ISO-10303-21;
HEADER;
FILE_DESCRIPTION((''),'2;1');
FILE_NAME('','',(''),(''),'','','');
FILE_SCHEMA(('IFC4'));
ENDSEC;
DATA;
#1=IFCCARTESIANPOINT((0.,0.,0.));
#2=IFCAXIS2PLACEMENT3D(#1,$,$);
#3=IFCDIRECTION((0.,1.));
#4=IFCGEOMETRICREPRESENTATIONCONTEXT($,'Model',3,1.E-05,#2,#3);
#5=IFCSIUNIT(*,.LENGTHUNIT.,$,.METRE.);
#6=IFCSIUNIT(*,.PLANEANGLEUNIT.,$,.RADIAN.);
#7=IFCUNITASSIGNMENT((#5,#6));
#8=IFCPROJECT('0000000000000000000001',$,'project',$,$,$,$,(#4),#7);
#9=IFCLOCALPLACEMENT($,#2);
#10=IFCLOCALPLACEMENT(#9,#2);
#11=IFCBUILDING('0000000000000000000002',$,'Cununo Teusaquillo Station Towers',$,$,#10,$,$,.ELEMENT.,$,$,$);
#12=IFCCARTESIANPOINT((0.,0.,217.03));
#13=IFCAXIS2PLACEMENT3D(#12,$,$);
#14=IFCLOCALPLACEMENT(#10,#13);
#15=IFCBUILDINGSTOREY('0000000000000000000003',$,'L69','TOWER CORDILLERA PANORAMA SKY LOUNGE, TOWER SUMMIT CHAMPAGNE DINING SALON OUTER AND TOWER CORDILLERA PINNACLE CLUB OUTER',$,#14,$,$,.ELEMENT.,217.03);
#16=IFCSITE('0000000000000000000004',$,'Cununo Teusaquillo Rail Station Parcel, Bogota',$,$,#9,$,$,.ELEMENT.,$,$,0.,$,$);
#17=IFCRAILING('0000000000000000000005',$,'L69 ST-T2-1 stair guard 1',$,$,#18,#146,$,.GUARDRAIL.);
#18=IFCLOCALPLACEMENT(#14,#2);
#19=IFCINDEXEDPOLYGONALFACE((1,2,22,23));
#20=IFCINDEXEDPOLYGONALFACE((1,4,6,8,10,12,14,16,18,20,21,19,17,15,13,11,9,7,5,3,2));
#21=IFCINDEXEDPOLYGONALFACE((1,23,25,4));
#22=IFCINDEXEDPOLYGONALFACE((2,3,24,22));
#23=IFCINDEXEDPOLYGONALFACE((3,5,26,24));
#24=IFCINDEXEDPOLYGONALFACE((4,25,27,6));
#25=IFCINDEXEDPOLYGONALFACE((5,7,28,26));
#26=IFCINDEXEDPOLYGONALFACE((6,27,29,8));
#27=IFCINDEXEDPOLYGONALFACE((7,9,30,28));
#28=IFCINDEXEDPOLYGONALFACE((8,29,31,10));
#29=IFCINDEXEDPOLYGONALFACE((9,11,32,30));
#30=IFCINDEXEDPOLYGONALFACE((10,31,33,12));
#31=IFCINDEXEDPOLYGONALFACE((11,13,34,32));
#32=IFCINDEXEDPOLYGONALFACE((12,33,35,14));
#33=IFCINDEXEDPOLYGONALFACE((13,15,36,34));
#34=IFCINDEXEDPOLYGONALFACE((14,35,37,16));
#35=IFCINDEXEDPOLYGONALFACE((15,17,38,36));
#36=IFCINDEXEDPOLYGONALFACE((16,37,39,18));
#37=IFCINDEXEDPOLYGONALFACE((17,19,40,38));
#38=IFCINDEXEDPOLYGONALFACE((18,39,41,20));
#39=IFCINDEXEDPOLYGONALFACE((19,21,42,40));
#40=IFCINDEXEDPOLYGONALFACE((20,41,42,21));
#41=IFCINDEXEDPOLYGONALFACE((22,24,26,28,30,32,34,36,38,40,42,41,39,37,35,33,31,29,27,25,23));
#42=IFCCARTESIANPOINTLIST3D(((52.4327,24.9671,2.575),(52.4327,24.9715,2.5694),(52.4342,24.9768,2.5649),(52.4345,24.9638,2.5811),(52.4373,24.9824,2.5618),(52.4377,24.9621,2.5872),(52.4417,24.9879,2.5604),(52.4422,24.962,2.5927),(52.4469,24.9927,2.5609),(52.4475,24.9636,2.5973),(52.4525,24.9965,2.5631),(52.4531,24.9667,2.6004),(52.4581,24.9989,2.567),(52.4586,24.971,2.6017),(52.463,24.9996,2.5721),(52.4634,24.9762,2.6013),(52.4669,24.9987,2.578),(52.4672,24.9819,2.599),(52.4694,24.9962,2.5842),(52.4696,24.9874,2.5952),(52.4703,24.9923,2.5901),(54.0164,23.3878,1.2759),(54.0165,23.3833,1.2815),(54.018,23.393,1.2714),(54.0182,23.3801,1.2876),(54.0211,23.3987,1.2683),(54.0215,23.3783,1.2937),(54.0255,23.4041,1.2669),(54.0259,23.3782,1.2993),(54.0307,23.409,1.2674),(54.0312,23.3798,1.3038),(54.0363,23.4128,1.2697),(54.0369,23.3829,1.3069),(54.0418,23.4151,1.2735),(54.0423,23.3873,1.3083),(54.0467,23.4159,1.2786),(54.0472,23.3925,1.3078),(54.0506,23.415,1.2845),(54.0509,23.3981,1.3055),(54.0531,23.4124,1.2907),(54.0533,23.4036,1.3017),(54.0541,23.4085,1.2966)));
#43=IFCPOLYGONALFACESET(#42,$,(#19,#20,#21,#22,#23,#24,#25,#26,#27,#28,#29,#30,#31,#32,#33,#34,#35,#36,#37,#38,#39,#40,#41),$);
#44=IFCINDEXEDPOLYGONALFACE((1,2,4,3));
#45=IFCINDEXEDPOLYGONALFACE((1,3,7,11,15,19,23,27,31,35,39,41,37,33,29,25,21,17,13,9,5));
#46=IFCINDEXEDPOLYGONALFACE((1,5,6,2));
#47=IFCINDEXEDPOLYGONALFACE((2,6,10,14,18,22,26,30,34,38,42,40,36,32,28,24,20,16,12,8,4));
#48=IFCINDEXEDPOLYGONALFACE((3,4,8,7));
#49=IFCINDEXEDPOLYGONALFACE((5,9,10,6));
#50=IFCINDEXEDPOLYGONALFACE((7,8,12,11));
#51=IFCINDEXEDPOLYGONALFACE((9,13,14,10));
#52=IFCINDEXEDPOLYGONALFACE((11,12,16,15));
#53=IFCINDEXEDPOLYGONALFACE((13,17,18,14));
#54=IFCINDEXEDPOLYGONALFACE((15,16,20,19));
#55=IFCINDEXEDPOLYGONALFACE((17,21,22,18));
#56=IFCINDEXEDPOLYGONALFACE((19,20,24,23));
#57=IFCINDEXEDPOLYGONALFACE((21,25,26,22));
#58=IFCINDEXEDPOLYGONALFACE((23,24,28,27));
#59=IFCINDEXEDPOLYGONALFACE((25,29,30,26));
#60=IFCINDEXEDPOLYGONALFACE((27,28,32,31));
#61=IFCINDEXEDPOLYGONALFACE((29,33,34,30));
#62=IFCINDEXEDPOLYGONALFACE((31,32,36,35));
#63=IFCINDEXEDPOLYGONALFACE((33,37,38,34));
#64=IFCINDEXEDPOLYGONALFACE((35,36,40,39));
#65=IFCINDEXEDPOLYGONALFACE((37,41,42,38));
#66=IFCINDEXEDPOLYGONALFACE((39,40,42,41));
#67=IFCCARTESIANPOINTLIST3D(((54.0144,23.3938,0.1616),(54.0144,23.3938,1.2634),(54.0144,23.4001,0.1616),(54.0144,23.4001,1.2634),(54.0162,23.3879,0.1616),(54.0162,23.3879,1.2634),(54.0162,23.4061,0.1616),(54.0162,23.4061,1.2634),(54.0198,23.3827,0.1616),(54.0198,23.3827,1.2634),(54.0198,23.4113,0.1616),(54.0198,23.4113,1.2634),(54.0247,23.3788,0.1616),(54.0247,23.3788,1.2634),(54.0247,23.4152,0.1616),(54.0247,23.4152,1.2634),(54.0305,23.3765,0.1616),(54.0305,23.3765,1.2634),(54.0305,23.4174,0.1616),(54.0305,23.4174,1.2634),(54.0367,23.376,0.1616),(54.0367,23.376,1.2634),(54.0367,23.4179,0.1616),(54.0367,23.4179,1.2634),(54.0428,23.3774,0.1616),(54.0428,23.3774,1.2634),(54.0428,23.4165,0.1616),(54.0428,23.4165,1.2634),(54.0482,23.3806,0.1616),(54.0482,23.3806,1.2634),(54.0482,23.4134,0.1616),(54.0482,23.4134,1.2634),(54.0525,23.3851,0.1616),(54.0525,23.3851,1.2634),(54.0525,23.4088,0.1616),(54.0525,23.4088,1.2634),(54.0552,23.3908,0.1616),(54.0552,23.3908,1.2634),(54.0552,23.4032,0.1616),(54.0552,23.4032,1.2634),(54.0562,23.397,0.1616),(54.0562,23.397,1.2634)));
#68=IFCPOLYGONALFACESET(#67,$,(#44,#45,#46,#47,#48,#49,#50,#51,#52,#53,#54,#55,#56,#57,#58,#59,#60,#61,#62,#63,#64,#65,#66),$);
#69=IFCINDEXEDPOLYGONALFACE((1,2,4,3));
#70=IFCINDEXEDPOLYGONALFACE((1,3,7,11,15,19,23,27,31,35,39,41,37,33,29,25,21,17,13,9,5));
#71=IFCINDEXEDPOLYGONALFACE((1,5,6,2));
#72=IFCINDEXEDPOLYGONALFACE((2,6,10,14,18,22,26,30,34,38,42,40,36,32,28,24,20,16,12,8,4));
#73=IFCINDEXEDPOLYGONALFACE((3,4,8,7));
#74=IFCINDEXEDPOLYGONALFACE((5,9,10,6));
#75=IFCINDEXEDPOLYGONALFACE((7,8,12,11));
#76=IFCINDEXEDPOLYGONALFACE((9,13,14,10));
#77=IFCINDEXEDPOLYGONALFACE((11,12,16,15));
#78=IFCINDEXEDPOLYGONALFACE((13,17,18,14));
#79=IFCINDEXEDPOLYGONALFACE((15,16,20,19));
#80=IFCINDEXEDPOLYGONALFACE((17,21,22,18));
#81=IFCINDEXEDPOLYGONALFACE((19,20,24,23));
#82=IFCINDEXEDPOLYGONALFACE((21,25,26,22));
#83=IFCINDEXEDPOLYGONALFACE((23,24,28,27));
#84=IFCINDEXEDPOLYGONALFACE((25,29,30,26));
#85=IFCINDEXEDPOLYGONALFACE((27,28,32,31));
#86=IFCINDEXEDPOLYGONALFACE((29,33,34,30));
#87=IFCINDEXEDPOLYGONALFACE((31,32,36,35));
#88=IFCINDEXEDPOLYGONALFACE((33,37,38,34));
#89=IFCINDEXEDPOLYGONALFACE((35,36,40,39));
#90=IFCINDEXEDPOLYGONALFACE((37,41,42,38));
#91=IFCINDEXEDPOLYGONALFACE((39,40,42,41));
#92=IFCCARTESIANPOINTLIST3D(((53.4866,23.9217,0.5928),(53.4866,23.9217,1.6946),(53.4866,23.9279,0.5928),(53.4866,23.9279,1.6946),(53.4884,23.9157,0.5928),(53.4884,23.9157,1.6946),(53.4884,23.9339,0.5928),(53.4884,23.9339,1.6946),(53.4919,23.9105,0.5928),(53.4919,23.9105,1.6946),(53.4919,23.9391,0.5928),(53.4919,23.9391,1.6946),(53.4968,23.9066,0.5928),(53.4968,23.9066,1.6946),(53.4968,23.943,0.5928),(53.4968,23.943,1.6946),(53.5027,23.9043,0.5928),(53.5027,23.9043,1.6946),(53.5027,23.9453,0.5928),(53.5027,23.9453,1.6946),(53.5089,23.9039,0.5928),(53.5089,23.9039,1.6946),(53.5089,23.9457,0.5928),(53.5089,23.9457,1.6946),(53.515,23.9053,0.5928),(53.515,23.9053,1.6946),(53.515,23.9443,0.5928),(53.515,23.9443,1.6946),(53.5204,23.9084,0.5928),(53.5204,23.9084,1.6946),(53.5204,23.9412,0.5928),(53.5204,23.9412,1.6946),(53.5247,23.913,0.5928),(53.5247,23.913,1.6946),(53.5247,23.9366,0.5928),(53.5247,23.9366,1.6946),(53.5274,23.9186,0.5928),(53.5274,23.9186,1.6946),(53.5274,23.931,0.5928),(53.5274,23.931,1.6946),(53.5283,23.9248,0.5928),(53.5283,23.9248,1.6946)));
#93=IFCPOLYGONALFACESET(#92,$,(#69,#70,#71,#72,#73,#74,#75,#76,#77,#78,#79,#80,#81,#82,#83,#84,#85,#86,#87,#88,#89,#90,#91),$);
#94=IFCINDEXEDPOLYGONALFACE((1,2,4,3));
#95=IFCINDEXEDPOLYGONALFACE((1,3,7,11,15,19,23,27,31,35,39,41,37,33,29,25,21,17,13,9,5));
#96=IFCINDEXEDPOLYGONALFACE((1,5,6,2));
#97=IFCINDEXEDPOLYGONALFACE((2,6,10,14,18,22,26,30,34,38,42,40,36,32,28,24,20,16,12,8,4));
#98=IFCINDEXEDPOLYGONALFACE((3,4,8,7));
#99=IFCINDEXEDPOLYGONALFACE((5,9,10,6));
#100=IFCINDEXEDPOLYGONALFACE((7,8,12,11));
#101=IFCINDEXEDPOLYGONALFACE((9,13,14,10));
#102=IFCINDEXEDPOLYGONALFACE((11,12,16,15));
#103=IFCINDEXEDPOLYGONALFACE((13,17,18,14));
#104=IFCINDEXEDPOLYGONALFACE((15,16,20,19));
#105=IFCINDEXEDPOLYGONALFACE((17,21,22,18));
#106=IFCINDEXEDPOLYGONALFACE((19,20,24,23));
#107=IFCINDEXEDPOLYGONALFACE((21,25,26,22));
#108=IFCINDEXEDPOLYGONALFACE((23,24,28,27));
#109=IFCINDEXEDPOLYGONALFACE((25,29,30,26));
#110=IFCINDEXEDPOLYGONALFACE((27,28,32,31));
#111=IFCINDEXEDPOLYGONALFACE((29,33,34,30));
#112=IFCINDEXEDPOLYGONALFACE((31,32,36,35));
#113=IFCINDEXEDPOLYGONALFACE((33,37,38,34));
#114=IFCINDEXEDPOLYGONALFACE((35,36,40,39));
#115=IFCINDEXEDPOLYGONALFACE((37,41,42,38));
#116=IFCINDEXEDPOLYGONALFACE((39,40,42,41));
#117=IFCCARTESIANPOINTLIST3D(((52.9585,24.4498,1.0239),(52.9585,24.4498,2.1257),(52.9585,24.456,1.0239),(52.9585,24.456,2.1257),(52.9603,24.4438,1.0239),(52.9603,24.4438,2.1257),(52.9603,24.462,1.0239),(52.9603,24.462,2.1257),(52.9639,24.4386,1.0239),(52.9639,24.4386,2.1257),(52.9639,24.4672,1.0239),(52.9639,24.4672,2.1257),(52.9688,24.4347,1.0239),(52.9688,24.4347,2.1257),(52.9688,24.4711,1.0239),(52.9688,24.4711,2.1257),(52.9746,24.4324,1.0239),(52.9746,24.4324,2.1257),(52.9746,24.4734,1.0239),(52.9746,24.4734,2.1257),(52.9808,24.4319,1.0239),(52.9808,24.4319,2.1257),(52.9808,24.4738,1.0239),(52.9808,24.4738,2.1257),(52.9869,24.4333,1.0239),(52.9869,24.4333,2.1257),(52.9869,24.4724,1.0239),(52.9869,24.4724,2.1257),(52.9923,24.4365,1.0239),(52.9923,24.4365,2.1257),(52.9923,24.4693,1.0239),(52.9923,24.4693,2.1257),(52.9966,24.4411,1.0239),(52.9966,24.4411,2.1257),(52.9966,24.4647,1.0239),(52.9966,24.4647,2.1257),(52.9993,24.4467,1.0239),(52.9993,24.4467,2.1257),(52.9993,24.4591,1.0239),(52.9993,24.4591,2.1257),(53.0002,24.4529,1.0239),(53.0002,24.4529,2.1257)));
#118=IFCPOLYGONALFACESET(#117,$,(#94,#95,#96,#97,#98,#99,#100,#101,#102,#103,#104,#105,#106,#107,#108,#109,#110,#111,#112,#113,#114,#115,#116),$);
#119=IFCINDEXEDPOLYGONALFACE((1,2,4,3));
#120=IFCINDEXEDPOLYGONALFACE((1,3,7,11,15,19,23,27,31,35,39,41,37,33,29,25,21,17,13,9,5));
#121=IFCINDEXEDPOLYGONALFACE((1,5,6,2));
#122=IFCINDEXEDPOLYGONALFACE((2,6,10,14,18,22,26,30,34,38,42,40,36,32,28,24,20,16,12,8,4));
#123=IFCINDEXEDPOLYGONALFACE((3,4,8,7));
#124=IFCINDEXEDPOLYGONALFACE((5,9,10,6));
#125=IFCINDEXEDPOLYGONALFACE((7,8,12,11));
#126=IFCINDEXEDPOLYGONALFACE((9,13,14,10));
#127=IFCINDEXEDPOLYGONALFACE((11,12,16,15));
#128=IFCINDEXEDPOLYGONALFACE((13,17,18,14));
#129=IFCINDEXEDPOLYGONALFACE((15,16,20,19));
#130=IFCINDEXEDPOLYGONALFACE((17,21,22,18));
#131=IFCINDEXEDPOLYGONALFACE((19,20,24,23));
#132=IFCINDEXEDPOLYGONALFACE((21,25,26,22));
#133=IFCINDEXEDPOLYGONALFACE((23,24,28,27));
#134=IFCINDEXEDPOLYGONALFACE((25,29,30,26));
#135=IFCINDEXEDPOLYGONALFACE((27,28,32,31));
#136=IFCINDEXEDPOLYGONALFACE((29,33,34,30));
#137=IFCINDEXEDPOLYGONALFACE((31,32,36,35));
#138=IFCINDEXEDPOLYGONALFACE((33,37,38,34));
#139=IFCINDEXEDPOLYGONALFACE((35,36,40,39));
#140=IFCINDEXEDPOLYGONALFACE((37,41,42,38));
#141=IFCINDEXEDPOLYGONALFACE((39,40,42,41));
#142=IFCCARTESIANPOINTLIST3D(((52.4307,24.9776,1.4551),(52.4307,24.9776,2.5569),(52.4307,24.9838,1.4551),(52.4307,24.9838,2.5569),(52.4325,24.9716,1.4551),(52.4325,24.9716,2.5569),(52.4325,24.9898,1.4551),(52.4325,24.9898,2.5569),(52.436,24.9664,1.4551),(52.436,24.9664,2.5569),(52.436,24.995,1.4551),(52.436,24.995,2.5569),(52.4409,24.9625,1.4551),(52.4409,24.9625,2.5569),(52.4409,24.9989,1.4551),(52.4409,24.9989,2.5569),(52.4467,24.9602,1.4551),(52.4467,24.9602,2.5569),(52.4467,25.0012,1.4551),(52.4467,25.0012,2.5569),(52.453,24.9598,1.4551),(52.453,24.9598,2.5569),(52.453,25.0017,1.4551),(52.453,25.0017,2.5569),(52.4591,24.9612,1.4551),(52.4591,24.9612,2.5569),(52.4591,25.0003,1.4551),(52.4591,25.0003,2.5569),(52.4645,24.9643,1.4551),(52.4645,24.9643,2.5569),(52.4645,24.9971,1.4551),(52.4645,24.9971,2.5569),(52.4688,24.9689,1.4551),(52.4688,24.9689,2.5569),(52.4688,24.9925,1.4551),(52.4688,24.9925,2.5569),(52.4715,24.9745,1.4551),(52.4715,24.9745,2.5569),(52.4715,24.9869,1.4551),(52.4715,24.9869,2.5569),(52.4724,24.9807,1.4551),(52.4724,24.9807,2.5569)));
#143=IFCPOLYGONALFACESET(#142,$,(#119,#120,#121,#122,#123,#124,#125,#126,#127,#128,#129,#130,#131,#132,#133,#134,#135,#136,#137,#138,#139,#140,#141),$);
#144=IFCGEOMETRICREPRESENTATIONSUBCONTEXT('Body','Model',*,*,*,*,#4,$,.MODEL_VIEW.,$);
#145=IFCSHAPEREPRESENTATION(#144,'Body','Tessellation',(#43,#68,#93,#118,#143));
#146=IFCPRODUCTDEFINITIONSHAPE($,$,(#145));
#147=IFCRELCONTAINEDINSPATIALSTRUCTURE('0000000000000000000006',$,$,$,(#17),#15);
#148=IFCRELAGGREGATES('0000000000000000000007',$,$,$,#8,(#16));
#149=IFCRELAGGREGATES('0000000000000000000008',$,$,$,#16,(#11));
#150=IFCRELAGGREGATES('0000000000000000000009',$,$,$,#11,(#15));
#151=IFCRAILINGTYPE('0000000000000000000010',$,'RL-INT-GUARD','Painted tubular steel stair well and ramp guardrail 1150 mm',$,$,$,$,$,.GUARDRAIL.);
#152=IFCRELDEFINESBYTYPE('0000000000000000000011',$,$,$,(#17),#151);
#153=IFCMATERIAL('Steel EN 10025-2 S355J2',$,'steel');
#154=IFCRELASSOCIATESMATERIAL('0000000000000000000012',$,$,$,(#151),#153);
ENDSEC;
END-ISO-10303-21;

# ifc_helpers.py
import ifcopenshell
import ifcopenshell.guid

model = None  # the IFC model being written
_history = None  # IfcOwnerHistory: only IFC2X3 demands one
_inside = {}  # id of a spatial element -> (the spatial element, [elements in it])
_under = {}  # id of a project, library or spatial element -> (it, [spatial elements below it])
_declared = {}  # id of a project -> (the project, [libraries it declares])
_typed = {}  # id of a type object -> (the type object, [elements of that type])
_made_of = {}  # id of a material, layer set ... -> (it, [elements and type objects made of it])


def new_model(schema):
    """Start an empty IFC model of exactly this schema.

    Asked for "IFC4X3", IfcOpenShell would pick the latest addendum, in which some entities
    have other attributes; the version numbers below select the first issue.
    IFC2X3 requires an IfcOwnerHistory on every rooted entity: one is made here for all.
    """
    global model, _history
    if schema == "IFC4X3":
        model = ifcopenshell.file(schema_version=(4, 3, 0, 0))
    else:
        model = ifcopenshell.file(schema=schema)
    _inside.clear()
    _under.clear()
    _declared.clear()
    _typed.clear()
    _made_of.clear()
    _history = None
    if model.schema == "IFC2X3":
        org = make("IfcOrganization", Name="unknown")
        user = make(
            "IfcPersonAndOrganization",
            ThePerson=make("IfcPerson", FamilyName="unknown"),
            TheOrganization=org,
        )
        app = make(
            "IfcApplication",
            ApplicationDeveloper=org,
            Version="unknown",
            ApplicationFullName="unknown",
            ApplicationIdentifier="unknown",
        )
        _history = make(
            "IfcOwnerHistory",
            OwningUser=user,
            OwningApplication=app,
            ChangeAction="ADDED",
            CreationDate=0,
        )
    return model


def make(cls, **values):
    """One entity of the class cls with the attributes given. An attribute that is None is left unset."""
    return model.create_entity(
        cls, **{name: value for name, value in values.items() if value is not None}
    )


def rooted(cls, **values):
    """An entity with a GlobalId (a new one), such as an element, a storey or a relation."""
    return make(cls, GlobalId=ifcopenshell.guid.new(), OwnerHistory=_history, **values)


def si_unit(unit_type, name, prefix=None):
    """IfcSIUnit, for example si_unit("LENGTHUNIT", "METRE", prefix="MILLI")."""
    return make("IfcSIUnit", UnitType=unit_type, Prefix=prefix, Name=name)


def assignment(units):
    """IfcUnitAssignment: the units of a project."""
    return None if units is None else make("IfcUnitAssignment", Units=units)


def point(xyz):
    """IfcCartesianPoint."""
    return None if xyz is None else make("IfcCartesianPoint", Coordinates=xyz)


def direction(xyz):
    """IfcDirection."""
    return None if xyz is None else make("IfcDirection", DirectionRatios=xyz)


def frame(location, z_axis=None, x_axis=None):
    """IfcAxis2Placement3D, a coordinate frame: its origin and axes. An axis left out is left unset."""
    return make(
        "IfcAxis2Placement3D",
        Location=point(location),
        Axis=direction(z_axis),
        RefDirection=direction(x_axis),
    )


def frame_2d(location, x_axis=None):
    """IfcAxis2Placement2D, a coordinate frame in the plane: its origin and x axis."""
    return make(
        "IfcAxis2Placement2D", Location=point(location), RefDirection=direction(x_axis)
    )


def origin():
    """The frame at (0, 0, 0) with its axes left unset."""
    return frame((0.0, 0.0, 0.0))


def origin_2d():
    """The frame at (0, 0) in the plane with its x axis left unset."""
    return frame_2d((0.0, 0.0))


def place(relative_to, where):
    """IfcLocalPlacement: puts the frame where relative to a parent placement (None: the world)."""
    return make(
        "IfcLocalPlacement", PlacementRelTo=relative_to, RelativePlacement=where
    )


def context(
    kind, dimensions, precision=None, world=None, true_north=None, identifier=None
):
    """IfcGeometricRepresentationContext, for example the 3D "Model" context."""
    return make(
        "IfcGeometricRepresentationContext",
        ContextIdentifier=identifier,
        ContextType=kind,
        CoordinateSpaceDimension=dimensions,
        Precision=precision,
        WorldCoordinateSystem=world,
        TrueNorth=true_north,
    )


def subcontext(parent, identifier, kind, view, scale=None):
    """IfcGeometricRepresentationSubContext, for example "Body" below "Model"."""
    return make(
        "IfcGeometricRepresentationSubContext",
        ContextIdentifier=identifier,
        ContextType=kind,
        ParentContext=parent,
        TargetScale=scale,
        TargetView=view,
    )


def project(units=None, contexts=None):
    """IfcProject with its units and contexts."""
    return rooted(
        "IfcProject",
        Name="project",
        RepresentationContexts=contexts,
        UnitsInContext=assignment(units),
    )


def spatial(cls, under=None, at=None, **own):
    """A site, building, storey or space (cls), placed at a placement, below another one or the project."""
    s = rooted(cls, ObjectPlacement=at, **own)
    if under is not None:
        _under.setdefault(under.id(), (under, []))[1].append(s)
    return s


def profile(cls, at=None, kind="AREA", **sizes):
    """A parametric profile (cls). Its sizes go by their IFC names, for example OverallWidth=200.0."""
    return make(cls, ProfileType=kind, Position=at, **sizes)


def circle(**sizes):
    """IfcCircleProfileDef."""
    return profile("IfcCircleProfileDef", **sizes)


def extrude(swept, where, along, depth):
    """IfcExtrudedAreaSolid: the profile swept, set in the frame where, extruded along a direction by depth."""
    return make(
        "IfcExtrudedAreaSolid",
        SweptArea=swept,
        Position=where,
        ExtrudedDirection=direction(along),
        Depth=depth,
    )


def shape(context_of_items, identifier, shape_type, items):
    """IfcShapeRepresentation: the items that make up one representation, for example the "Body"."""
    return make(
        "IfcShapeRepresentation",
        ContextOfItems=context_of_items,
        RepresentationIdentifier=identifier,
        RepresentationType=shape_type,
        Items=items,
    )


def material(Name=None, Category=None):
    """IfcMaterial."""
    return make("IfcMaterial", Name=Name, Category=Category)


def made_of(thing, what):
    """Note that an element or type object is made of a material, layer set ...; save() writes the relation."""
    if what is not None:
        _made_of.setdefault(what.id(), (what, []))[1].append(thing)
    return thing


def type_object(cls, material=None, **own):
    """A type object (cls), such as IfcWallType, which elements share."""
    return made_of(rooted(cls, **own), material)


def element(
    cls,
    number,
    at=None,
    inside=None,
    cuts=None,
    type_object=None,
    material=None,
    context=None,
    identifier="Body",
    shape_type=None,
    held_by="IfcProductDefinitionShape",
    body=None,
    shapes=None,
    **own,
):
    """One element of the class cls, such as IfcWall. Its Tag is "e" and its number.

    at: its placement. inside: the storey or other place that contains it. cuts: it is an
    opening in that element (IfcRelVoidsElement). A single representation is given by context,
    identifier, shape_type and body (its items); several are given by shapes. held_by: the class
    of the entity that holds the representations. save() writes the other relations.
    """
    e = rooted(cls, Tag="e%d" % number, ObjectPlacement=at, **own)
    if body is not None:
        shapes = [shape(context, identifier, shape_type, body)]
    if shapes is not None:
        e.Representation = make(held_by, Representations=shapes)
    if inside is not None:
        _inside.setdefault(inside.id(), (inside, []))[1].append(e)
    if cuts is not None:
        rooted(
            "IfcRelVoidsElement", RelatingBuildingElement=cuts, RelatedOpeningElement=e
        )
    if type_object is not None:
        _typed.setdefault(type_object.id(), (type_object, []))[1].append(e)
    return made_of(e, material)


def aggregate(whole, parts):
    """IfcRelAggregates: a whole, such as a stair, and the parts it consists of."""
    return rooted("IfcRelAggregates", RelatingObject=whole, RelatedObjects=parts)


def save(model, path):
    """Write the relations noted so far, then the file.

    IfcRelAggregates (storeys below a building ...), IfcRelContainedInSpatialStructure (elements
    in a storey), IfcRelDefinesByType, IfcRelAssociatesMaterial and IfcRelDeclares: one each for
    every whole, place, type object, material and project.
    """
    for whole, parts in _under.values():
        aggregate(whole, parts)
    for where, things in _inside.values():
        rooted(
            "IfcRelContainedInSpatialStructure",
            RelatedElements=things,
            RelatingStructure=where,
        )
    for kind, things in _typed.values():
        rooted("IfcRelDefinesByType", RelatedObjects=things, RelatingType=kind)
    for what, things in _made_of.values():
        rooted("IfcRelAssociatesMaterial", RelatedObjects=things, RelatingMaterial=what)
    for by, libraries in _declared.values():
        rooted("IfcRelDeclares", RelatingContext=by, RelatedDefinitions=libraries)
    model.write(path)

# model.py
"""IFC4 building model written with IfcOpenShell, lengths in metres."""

from ifc_helpers import new_model, si_unit, direction, frame, origin, origin_2d, place, context, subcontext, project, spatial, circle, extrude, material, type_object, element, save


model = new_model("IFC4")

# Units and contexts
model_context = context("Model", 3, precision=1e-05, world=origin(), true_north=direction((0.0, 1.0)))
body_context = subcontext(model_context, "Body", "Model", "MODEL_VIEW")
ifc_project = project(units=[si_unit("LENGTHUNIT", "METRE"), si_unit("PLANEANGLEUNIT", "RADIAN")], contexts=[model_context])

# Site, building, storey
site_placement = place(None, origin())
site = spatial("IfcSite", under=ifc_project, at=site_placement, Name="Cununo Teusaquillo Rail Station Parcel, Bogota", CompositionType="ELEMENT", RefElevation=0.0)
building_placement = place(site_placement, origin())
building = spatial("IfcBuilding", under=site, at=building_placement, Name="Cununo Teusaquillo Station Towers", CompositionType="ELEMENT")
storey_placement = place(building_placement, frame((0.0, 0.0, 217.03)))
storey = spatial("IfcBuildingStorey", under=building, at=storey_placement, Name="L69", Description="TOWER CORDILLERA PANORAMA SKY LOUNGE, TOWER SUMMIT CHAMPAGNE DINING SALON OUTER AND TOWER CORDILLERA PINNACLE CLUB OUTER", CompositionType="ELEMENT", Elevation=217.03)

# Railing
ifc_material_1 = material(Name="Steel EN 10025-2 S355J2", Category="steel")
railing_type_1 = type_object("IfcRailingType", Name="RL-INT-GUARD", Description="Painted tubular steel stair well and ramp guardrail 1150 mm", PredefinedType="GUARDRAIL", material=ifc_material_1)
railing_1_placement = place(storey_placement, frame((54.0352, 23.397, 0.1616)))
element("IfcRailing", 1, at=railing_1_placement, inside=storey, type_object=railing_type_1, Name="L69 ST-T2-1 stair guard 1", PredefinedType="GUARDRAIL", context=body_context, shape_type="SweptSolid", body=[
    extrude(circle(Radius=0.0239, at=origin_2d()), frame((0.0, 0.0, 1.126), z_axis=(-0.612332, 0.612332, 0.500098), x_axis=(-0.707107, -0.707107, 0.0)), (0.0, 0.0, 1.0), 2.5864),
    extrude(circle(Radius=0.021, at=origin_2d()), origin(), (0.0, 0.0, 1.0), 1.1018),
    extrude(circle(Radius=0.021, at=origin_2d()), frame((-0.5278, 0.5278, 0.4312)), (0.0, 0.0, 1.0), 1.1018),
    extrude(circle(Radius=0.021, at=origin_2d()), frame((-1.0559, 1.0559, 0.8623)), (0.0, 0.0, 1.0), 1.1018),
    extrude(circle(Radius=0.021, at=origin_2d()), frame((-1.5837, 1.5837, 1.2935)), (0.0, 0.0, 1.0), 1.1018),
])

save(model, "model.ifc")
